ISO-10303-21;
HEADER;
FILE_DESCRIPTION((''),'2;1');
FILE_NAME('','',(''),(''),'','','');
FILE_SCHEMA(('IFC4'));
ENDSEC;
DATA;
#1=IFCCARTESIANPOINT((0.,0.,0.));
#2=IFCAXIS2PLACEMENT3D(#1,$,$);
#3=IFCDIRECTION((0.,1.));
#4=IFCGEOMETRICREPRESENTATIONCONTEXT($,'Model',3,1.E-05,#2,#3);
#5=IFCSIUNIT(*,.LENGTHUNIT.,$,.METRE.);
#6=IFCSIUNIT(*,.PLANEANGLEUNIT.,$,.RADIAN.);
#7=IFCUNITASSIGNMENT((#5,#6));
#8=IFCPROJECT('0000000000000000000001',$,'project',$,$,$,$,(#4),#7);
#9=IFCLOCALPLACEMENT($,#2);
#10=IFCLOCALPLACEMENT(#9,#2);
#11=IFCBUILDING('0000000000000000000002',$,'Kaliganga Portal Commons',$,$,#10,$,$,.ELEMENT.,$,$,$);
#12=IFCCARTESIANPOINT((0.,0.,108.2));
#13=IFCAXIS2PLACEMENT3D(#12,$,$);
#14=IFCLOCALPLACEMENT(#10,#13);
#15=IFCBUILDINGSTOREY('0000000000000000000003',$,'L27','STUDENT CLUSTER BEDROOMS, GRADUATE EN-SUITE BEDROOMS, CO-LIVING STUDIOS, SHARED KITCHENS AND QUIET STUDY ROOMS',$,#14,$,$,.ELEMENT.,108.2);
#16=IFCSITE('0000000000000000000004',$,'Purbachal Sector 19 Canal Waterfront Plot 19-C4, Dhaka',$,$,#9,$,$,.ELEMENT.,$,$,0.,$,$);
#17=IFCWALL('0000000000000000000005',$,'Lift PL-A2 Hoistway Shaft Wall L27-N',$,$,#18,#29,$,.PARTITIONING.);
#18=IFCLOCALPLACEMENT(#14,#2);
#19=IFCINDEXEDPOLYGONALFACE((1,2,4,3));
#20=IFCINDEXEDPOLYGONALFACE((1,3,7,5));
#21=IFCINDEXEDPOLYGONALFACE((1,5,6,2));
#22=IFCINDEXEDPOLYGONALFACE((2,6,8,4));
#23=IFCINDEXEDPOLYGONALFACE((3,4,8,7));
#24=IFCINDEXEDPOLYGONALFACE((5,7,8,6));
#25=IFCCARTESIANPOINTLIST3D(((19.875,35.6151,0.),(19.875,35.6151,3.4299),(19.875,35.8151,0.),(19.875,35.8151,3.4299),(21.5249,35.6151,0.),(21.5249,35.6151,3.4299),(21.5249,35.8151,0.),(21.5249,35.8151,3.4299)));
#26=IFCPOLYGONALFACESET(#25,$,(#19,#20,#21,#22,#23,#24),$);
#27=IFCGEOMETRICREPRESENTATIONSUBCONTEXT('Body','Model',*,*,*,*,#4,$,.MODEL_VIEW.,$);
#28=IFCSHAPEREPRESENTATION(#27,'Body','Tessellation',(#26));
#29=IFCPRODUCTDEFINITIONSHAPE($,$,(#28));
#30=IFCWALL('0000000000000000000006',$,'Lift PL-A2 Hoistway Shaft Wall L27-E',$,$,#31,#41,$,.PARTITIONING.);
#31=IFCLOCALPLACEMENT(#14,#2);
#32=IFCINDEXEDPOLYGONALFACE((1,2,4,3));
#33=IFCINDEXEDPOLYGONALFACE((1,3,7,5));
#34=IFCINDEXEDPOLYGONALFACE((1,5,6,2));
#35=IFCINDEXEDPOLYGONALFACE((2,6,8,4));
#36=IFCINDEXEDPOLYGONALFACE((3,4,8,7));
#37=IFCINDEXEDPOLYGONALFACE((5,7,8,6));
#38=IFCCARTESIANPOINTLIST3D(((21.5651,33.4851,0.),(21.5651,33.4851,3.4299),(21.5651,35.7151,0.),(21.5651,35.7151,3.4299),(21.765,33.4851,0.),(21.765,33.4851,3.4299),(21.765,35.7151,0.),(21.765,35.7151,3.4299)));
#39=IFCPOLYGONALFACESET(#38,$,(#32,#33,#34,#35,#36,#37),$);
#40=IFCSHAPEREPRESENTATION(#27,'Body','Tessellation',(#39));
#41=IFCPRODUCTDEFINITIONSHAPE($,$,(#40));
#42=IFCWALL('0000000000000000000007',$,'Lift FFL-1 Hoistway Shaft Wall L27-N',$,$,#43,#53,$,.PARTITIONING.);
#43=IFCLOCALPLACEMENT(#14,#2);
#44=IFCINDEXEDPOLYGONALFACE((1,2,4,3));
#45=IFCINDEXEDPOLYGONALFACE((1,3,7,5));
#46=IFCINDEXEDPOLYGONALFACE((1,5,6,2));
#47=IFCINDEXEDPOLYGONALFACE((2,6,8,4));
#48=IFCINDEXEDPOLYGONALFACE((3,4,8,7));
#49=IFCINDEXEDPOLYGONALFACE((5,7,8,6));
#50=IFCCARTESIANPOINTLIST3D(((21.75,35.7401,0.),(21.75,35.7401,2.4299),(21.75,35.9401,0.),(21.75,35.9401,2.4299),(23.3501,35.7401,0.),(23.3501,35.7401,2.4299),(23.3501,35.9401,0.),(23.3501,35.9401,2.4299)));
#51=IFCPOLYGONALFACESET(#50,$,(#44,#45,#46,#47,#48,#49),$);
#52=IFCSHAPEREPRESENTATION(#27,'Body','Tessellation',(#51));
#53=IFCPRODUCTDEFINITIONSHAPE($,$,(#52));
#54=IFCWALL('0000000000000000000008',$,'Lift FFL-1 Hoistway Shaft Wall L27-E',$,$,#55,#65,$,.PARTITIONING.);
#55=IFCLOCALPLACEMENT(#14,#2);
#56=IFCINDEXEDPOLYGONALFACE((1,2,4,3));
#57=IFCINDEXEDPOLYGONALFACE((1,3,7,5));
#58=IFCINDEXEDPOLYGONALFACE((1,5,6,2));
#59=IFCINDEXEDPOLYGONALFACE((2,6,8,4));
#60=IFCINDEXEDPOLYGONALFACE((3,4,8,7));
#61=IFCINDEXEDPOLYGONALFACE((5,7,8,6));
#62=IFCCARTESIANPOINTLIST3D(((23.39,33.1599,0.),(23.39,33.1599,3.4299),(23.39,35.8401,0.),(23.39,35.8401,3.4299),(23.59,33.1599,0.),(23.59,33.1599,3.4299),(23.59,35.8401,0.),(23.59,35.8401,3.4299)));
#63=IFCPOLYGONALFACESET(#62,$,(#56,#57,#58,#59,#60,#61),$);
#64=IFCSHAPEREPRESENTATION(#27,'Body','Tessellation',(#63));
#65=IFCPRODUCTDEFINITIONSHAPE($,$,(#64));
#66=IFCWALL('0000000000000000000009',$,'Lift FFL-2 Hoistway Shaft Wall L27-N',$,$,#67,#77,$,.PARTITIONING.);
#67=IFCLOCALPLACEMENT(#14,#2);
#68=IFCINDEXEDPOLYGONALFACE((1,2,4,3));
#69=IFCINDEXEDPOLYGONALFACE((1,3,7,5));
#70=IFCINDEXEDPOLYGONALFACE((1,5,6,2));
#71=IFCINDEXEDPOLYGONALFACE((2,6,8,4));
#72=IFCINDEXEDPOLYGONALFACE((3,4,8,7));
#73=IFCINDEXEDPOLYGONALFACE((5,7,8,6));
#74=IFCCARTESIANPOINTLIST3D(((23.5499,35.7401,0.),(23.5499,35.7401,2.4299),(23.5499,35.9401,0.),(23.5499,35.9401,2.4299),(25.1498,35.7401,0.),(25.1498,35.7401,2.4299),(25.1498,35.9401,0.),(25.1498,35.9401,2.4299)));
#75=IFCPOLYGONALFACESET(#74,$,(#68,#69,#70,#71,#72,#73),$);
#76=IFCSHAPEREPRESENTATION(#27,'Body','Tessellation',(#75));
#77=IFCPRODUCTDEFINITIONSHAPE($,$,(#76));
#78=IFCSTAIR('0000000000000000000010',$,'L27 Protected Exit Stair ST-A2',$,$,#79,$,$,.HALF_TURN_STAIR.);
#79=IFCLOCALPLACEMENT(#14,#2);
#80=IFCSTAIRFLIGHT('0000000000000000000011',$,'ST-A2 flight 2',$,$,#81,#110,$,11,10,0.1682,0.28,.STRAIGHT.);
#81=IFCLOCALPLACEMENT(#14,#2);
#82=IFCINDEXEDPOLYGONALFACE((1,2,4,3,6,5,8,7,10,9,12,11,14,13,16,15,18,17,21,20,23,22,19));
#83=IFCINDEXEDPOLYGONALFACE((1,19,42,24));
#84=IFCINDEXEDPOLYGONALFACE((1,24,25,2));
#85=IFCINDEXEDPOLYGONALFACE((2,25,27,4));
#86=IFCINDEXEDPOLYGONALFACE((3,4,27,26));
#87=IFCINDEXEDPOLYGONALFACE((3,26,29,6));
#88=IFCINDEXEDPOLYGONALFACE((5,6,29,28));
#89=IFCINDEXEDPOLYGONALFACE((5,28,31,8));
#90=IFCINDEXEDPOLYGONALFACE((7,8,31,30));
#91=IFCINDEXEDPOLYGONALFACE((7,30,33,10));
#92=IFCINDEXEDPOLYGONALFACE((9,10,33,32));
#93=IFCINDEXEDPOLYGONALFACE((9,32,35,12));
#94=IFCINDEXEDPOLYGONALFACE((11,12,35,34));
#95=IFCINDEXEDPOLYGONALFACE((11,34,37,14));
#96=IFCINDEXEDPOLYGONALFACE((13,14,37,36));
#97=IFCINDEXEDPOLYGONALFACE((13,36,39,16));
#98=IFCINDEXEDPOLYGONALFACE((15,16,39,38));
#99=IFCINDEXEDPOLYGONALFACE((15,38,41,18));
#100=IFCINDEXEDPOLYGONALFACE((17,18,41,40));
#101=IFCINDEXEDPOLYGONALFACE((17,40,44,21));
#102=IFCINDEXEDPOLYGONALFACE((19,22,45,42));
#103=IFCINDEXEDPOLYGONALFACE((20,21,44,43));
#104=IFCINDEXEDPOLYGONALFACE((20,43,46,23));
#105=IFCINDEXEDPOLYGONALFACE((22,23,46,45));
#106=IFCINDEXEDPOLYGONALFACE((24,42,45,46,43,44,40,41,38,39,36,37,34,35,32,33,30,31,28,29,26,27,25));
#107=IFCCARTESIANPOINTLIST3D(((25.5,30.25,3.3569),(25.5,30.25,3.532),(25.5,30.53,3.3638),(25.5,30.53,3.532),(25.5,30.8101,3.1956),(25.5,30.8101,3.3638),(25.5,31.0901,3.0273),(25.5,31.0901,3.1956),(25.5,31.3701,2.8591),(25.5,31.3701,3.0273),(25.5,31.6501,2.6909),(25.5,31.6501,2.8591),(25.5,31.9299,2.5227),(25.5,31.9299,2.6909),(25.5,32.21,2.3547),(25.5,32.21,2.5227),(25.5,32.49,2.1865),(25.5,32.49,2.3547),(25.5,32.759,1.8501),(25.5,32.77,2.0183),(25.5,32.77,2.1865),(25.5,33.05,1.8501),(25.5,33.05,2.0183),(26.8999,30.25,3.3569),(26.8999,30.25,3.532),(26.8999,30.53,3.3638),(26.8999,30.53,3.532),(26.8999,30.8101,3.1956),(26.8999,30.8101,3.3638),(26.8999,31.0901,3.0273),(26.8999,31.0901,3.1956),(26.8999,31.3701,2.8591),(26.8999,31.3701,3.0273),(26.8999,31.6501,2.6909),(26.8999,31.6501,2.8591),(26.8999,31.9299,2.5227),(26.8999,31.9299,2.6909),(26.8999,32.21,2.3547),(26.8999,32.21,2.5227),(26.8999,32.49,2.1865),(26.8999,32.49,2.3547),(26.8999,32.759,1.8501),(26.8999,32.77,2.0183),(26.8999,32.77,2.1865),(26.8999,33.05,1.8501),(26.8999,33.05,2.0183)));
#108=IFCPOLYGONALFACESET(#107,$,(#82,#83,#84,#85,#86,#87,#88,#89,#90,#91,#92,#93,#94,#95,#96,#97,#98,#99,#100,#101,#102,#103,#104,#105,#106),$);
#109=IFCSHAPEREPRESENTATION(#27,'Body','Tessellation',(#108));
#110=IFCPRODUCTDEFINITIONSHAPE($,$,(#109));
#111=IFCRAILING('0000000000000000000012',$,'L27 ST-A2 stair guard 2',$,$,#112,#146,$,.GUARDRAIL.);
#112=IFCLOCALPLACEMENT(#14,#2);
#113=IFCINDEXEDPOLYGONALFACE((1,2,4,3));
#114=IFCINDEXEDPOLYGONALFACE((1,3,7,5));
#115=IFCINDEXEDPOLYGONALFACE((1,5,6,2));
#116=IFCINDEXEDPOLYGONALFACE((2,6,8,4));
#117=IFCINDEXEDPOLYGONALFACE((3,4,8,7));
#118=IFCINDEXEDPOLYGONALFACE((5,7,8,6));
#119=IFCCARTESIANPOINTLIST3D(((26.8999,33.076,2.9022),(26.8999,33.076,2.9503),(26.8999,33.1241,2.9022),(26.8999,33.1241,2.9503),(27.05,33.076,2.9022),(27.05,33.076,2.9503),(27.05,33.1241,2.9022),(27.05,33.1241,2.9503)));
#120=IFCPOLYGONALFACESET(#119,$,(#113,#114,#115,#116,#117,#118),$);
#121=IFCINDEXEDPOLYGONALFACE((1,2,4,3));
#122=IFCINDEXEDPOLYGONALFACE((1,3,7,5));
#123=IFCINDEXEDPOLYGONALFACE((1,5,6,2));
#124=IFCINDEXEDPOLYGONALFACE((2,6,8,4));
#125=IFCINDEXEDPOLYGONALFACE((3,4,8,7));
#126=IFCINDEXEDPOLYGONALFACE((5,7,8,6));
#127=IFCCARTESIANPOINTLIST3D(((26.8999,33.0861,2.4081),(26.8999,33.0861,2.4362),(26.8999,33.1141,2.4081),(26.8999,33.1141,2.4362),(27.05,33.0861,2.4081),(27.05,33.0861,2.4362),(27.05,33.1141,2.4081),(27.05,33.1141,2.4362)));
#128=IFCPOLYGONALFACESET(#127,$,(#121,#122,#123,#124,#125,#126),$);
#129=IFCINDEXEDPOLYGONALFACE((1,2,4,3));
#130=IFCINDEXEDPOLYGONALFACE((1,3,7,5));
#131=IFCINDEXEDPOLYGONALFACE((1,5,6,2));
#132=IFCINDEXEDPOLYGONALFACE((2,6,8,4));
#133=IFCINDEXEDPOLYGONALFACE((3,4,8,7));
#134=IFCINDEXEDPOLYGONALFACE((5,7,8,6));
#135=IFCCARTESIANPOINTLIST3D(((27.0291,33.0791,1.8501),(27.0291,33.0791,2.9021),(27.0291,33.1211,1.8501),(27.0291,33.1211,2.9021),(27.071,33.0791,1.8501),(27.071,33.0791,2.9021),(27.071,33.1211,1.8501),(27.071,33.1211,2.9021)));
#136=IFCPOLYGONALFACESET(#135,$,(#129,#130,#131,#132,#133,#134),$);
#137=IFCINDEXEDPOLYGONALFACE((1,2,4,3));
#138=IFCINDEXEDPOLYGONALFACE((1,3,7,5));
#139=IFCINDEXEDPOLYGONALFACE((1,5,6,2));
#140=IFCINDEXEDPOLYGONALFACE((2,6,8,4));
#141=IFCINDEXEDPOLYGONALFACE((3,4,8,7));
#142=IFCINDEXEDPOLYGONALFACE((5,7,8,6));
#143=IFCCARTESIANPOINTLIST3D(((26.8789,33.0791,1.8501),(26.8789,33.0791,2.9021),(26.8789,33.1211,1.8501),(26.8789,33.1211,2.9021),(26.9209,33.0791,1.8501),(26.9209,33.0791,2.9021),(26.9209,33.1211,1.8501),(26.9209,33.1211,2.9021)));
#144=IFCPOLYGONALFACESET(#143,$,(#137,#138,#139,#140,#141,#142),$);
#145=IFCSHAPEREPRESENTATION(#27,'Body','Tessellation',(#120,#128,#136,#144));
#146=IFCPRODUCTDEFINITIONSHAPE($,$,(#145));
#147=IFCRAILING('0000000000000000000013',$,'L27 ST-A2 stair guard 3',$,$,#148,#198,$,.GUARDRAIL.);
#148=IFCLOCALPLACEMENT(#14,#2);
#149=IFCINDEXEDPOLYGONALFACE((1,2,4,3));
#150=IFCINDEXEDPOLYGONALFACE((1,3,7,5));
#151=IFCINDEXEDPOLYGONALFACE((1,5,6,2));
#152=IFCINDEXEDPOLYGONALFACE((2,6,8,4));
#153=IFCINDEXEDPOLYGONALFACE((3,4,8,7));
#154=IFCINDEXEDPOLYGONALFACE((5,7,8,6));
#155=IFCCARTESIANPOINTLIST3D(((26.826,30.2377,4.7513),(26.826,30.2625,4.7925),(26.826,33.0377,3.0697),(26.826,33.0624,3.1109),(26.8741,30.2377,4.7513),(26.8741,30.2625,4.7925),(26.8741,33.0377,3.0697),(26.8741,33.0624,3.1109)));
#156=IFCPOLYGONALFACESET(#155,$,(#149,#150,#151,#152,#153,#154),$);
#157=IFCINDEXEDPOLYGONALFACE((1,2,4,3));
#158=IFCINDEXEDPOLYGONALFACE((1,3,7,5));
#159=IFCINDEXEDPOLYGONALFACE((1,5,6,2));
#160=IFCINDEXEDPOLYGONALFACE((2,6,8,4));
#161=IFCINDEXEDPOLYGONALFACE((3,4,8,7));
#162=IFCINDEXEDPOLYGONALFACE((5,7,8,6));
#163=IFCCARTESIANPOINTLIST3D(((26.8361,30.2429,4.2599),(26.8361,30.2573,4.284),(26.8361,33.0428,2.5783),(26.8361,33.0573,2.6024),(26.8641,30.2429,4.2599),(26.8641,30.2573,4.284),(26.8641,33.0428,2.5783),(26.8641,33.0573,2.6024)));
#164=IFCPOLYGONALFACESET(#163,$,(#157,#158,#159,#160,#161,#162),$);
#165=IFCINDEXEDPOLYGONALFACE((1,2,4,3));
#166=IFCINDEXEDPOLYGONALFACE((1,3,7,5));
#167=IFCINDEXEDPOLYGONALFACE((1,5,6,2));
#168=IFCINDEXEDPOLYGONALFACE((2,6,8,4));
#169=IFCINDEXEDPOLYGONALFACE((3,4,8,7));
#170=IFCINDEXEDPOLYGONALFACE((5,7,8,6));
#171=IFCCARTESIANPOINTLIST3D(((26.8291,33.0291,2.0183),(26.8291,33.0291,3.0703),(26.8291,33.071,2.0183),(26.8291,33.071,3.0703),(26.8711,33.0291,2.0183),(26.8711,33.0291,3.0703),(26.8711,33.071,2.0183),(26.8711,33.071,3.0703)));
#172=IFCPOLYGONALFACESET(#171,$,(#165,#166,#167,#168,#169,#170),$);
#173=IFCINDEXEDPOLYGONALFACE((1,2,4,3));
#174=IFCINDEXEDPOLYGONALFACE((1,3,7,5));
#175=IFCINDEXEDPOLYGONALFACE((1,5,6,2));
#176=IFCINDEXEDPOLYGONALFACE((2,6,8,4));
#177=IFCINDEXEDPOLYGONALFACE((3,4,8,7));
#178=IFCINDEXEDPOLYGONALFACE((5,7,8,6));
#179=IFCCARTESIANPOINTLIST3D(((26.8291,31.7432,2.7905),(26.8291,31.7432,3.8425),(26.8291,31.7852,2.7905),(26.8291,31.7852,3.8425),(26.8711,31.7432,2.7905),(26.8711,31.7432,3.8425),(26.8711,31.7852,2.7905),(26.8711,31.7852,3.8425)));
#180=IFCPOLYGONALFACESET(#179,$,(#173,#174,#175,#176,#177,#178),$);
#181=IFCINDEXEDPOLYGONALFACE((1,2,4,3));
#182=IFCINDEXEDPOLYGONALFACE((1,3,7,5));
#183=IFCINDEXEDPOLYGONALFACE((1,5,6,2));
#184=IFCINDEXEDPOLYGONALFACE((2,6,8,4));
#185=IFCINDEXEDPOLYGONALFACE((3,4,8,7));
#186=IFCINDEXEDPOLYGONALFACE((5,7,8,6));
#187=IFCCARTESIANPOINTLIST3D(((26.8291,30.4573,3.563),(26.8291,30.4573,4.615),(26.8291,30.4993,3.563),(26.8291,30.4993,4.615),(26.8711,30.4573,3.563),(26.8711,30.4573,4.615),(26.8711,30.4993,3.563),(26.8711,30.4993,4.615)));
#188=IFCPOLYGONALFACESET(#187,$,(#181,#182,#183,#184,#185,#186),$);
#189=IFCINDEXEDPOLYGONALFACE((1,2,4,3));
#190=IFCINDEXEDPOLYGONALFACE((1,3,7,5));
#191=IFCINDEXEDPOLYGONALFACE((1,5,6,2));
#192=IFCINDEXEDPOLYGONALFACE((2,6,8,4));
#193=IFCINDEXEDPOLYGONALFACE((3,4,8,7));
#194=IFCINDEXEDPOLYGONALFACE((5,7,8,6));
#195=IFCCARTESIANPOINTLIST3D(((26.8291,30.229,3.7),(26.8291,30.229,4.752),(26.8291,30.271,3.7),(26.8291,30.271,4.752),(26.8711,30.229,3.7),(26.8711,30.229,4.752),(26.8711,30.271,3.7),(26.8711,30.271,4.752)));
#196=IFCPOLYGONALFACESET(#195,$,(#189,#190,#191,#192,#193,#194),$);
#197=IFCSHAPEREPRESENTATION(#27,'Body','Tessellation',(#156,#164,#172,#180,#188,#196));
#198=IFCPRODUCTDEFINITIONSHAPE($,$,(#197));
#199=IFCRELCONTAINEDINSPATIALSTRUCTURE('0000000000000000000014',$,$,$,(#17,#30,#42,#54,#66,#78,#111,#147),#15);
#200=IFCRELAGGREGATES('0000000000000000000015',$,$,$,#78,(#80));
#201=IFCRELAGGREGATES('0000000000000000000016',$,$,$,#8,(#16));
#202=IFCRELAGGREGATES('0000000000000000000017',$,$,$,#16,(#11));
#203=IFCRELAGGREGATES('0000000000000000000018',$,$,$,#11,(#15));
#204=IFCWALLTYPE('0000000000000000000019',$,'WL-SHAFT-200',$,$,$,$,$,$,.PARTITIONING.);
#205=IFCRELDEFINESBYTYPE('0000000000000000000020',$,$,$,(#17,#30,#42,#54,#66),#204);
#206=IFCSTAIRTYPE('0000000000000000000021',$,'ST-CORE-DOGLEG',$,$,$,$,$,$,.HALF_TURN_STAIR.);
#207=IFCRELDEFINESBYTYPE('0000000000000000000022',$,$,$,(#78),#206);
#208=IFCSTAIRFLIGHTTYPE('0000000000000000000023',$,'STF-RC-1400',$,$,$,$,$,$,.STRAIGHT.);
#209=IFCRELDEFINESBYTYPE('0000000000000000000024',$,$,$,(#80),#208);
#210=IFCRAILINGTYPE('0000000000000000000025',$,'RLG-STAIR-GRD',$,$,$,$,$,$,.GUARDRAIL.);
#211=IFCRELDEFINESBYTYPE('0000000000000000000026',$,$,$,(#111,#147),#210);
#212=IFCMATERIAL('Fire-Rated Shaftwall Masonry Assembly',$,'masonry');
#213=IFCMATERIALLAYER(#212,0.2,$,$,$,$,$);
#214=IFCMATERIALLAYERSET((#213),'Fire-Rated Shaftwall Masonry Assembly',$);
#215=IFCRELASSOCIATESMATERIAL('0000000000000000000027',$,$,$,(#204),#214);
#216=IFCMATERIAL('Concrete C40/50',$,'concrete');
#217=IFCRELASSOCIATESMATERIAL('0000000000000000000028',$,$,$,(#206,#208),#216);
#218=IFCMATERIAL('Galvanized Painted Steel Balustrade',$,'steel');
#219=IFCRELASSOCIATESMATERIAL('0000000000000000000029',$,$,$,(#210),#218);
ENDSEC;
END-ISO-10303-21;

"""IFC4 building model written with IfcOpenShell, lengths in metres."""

from ifc_helpers import new_model, si_unit, direction, frame, frame_2d, origin, origin_2d, place, context, subcontext, project, spatial, polyline, rectangle, outline, extrude, material, layer, layer_set, type_object, element, aggregate, save


model = new_model("IFC4")

# Units and contexts
model_context = context("Model", 3, precision=1e-05, world=origin(), true_north=direction((0.0, 1.0)))
body_context = subcontext(model_context, "Body", "Model", "MODEL_VIEW")
ifc_project = project(units=[si_unit("LENGTHUNIT", "METRE"), si_unit("PLANEANGLEUNIT", "RADIAN")], contexts=[model_context])

# Site, building, storey
site_placement = place(None, origin())
site = spatial("IfcSite", under=ifc_project, at=site_placement, Name="Purbachal Sector 19 Canal Waterfront Plot 19-C4, Dhaka", CompositionType="ELEMENT", RefElevation=0.0)
building_placement = place(site_placement, origin())
building = spatial("IfcBuilding", under=site, at=building_placement, Name="Kaliganga Portal Commons", CompositionType="ELEMENT")
storey_placement = place(building_placement, frame((0.0, 0.0, 108.2)))
storey = spatial("IfcBuildingStorey", under=building, at=storey_placement, Name="L27", Description="STUDENT CLUSTER BEDROOMS, GRADUATE EN-SUITE BEDROOMS, CO-LIVING STUDIOS, SHARED KITCHENS AND QUIET STUDY ROOMS", CompositionType="ELEMENT", Elevation=108.2)

# Shared definitions
ifc_material_1 = material(Name="Fire-Rated Shaftwall Masonry Assembly", Category="masonry")
ifc_layer_1 = layer(ifc_material_1, 0.2)
ifc_layer_set_1 = layer_set([ifc_layer_1], Name="Fire-Rated Shaftwall Masonry Assembly")
wall_type_1 = type_object("IfcWallType", Name="WL-SHAFT-200", PredefinedType="PARTITIONING", material=ifc_layer_set_1)

# Walls
wall_1_placement = place(storey_placement, frame((19.875, 35.7151, 0.0), z_axis=(0.0, 0.0, 1.0), x_axis=(1.0, 0.0, 0.0)))
element("IfcWall", 1, at=wall_1_placement, inside=storey, type_object=wall_type_1, Name="Lift PL-A2 Hoistway Shaft Wall L27-N", PredefinedType="PARTITIONING", context=body_context, shape_type="SweptSolid", body=[
    extrude(rectangle(XDim=1.6499, YDim=0.2, at=frame_2d((0.825, 0.0))), origin(), (0.0, 0.0, 1.0), 3.4299),
])
wall_2_placement = place(storey_placement, frame((21.665, 33.4851, 0.0), z_axis=(0.0, 0.0, 1.0), x_axis=(0.0, 1.0, 0.0)))
element("IfcWall", 2, at=wall_2_placement, inside=storey, type_object=wall_type_1, Name="Lift PL-A2 Hoistway Shaft Wall L27-E", PredefinedType="PARTITIONING", context=body_context, shape_type="SweptSolid", body=[
    extrude(rectangle(XDim=2.23, YDim=0.2, at=frame_2d((1.115, 0.0))), origin(), (0.0, 0.0, 1.0), 3.4299),
])

# Walls
wall_3_placement = place(storey_placement, frame((21.75, 35.8401, 0.0), z_axis=(0.0, 0.0, 1.0), x_axis=(1.0, 0.0, 0.0)))
element("IfcWall", 3, at=wall_3_placement, inside=storey, type_object=wall_type_1, Name="Lift FFL-1 Hoistway Shaft Wall L27-N", PredefinedType="PARTITIONING", context=body_context, shape_type="SweptSolid", body=[
    extrude(rectangle(XDim=1.6001, YDim=0.2, at=frame_2d((0.8, 0.0))), origin(), (0.0, 0.0, 1.0), 2.4299),
])
wall_4_placement = place(storey_placement, frame((23.49, 33.1599, 0.0), z_axis=(0.0, 0.0, 1.0), x_axis=(0.0, 1.0, 0.0)))
element("IfcWall", 4, at=wall_4_placement, inside=storey, type_object=wall_type_1, Name="Lift FFL-1 Hoistway Shaft Wall L27-E", PredefinedType="PARTITIONING", context=body_context, shape_type="SweptSolid", body=[
    extrude(rectangle(XDim=2.6802, YDim=0.2, at=frame_2d((1.3401, 0.0))), origin(), (0.0, 0.0, 1.0), 3.4299),
])

# Wall
wall_5_placement = place(storey_placement, frame((23.55, 35.8401, 0.0), z_axis=(0.0, 0.0, 1.0), x_axis=(1.0, 0.0, 0.0)))
element("IfcWall", 5, at=wall_5_placement, inside=storey, type_object=wall_type_1, Name="Lift FFL-2 Hoistway Shaft Wall L27-N", PredefinedType="PARTITIONING", context=body_context, shape_type="SweptSolid", body=[
    extrude(rectangle(XDim=1.5999, YDim=0.2, at=frame_2d((0.7998, 0.0))), origin(), (0.0, 0.0, 1.0), 2.4299),
])

# Stair, stair flight
ifc_material_2 = material(Name="Concrete C40/50", Category="concrete")
stair_type = type_object("IfcStairType", Name="ST-CORE-DOGLEG", PredefinedType="HALF_TURN_STAIR", material=ifc_material_2)
stair_placement = place(storey_placement, origin())
stair = element("IfcStair", 6, at=stair_placement, inside=storey, type_object=stair_type, Name="L27 Protected Exit Stair ST-A2", PredefinedType="HALF_TURN_STAIR")
stair_flight_type = type_object("IfcStairFlightType", Name="STF-RC-1400", PredefinedType="STRAIGHT", material=ifc_material_2)
stair_flight_placement = place(storey_placement, frame((26.2, 33.05, 1.8501), z_axis=(0.0, 0.0, 1.0), x_axis=(0.0, -1.0, 0.0)))
stair_flight = element("IfcStairFlight", 7, at=stair_flight_placement, type_object=stair_flight_type, Name="ST-A2 flight 2", NumberOfRisers=11, NumberOfTreads=10, PredefinedType="STRAIGHT", RiserHeight=0.1682, TreadLength=0.28, context=body_context, shape_type="SweptSolid", body=[
    extrude(outline(polyline([(0.0, 0.0), (0.0, 0.1682), (0.28, 0.1682), (0.28, 0.3364), (0.5601, 0.3364), (0.5601, 0.5046), (0.8401, 0.5046), (0.8401, 0.6726), (1.1201, 0.6726), (1.1201, 0.8408), (1.3999, 0.8408), (1.3999, 1.009), (1.6799, 1.009), (1.6799, 1.1772), (1.96, 1.1772), (1.96, 1.3455), (2.24, 1.3455), (2.24, 1.5137), (2.52, 1.5137), (2.52, 1.6819), (2.8, 1.6819), (2.8, 1.8501), (2.8, 1.5068), (0.291, 0.0), (0.0, 0.0)])), frame((0.0, 0.7, 0.0), z_axis=(0.0, -1.0, 0.0), x_axis=(1.0, 0.0, 0.0)), (0.0, 0.0, 1.0), 1.3999),
])
aggregate(stair, [stair_flight])

# Railings
ifc_material_3 = material(Name="Galvanized Painted Steel Balustrade", Category="steel")
railing_type_1 = type_object("IfcRailingType", Name="RLG-STAIR-GRD", PredefinedType="GUARDRAIL", material=ifc_material_3)
railing_1_placement = place(storey_placement, frame((27.05, 33.1001, 1.8501)))
element("IfcRailing", 8, at=railing_1_placement, inside=storey, type_object=railing_type_1, Name="L27 ST-A2 stair guard 2", PredefinedType="GUARDRAIL", context=body_context, shape_type="SweptSolid", body=[
    extrude(rectangle(XDim=0.0481, YDim=0.0481, at=origin_2d()), frame((0.0, 0.0, 1.0762), z_axis=(-1.0, 0.0, 0.0), x_axis=(0.0, -1.0, 0.0)), (0.0, 0.0, 1.0), 0.1501),
    extrude(rectangle(XDim=0.0281, YDim=0.0281, at=origin_2d()), frame((0.0, 0.0, 0.572), z_axis=(-1.0, 0.0, 0.0), x_axis=(0.0, -1.0, 0.0)), (0.0, 0.0, 1.0), 0.1501),
    extrude(rectangle(XDim=0.042, YDim=0.042, at=origin_2d()), origin(), (0.0, 0.0, 1.0), 1.052),
    extrude(rectangle(XDim=0.042, YDim=0.042, at=origin_2d()), frame((-0.1501, 0.0, 0.0)), (0.0, 0.0, 1.0), 1.052),
])
railing_2_placement = place(storey_placement, frame((26.8501, 33.05, 2.0183)))
element("IfcRailing", 9, at=railing_2_placement, inside=storey, type_object=railing_type_1, Name="L27 ST-A2 stair guard 3", PredefinedType="GUARDRAIL", context=body_context, shape_type="SweptSolid", body=[
    extrude(rectangle(XDim=0.0481, YDim=0.0481, at=origin_2d()), frame((0.0, 0.0, 1.072), z_axis=(0.0, -0.857275, 0.514858), x_axis=(1.0, 0.0, 0.0)), (0.0, 0.0, 1.0), 3.2661),
    extrude(rectangle(XDim=0.0281, YDim=0.0281, at=origin_2d()), frame((0.0, 0.0, 0.572), z_axis=(0.0, -0.857275, 0.514858), x_axis=(1.0, 0.0, 0.0)), (0.0, 0.0, 1.0), 3.2661),
    extrude(rectangle(XDim=0.042, YDim=0.042, at=origin_2d()), origin(), (0.0, 0.0, 1.0), 1.052),
    extrude(rectangle(XDim=0.042, YDim=0.042, at=origin_2d()), frame((0.0, -1.2859, 0.7722)), (0.0, 0.0, 1.0), 1.052),
    extrude(rectangle(XDim=0.042, YDim=0.042, at=origin_2d()), frame((0.0, -2.5718, 1.5447)), (0.0, 0.0, 1.0), 1.052),
    extrude(rectangle(XDim=0.042, YDim=0.042, at=origin_2d()), frame((0.0, -2.8, 1.6816)), (0.0, 0.0, 1.0), 1.052),
])

save(model, "model.ifc")
